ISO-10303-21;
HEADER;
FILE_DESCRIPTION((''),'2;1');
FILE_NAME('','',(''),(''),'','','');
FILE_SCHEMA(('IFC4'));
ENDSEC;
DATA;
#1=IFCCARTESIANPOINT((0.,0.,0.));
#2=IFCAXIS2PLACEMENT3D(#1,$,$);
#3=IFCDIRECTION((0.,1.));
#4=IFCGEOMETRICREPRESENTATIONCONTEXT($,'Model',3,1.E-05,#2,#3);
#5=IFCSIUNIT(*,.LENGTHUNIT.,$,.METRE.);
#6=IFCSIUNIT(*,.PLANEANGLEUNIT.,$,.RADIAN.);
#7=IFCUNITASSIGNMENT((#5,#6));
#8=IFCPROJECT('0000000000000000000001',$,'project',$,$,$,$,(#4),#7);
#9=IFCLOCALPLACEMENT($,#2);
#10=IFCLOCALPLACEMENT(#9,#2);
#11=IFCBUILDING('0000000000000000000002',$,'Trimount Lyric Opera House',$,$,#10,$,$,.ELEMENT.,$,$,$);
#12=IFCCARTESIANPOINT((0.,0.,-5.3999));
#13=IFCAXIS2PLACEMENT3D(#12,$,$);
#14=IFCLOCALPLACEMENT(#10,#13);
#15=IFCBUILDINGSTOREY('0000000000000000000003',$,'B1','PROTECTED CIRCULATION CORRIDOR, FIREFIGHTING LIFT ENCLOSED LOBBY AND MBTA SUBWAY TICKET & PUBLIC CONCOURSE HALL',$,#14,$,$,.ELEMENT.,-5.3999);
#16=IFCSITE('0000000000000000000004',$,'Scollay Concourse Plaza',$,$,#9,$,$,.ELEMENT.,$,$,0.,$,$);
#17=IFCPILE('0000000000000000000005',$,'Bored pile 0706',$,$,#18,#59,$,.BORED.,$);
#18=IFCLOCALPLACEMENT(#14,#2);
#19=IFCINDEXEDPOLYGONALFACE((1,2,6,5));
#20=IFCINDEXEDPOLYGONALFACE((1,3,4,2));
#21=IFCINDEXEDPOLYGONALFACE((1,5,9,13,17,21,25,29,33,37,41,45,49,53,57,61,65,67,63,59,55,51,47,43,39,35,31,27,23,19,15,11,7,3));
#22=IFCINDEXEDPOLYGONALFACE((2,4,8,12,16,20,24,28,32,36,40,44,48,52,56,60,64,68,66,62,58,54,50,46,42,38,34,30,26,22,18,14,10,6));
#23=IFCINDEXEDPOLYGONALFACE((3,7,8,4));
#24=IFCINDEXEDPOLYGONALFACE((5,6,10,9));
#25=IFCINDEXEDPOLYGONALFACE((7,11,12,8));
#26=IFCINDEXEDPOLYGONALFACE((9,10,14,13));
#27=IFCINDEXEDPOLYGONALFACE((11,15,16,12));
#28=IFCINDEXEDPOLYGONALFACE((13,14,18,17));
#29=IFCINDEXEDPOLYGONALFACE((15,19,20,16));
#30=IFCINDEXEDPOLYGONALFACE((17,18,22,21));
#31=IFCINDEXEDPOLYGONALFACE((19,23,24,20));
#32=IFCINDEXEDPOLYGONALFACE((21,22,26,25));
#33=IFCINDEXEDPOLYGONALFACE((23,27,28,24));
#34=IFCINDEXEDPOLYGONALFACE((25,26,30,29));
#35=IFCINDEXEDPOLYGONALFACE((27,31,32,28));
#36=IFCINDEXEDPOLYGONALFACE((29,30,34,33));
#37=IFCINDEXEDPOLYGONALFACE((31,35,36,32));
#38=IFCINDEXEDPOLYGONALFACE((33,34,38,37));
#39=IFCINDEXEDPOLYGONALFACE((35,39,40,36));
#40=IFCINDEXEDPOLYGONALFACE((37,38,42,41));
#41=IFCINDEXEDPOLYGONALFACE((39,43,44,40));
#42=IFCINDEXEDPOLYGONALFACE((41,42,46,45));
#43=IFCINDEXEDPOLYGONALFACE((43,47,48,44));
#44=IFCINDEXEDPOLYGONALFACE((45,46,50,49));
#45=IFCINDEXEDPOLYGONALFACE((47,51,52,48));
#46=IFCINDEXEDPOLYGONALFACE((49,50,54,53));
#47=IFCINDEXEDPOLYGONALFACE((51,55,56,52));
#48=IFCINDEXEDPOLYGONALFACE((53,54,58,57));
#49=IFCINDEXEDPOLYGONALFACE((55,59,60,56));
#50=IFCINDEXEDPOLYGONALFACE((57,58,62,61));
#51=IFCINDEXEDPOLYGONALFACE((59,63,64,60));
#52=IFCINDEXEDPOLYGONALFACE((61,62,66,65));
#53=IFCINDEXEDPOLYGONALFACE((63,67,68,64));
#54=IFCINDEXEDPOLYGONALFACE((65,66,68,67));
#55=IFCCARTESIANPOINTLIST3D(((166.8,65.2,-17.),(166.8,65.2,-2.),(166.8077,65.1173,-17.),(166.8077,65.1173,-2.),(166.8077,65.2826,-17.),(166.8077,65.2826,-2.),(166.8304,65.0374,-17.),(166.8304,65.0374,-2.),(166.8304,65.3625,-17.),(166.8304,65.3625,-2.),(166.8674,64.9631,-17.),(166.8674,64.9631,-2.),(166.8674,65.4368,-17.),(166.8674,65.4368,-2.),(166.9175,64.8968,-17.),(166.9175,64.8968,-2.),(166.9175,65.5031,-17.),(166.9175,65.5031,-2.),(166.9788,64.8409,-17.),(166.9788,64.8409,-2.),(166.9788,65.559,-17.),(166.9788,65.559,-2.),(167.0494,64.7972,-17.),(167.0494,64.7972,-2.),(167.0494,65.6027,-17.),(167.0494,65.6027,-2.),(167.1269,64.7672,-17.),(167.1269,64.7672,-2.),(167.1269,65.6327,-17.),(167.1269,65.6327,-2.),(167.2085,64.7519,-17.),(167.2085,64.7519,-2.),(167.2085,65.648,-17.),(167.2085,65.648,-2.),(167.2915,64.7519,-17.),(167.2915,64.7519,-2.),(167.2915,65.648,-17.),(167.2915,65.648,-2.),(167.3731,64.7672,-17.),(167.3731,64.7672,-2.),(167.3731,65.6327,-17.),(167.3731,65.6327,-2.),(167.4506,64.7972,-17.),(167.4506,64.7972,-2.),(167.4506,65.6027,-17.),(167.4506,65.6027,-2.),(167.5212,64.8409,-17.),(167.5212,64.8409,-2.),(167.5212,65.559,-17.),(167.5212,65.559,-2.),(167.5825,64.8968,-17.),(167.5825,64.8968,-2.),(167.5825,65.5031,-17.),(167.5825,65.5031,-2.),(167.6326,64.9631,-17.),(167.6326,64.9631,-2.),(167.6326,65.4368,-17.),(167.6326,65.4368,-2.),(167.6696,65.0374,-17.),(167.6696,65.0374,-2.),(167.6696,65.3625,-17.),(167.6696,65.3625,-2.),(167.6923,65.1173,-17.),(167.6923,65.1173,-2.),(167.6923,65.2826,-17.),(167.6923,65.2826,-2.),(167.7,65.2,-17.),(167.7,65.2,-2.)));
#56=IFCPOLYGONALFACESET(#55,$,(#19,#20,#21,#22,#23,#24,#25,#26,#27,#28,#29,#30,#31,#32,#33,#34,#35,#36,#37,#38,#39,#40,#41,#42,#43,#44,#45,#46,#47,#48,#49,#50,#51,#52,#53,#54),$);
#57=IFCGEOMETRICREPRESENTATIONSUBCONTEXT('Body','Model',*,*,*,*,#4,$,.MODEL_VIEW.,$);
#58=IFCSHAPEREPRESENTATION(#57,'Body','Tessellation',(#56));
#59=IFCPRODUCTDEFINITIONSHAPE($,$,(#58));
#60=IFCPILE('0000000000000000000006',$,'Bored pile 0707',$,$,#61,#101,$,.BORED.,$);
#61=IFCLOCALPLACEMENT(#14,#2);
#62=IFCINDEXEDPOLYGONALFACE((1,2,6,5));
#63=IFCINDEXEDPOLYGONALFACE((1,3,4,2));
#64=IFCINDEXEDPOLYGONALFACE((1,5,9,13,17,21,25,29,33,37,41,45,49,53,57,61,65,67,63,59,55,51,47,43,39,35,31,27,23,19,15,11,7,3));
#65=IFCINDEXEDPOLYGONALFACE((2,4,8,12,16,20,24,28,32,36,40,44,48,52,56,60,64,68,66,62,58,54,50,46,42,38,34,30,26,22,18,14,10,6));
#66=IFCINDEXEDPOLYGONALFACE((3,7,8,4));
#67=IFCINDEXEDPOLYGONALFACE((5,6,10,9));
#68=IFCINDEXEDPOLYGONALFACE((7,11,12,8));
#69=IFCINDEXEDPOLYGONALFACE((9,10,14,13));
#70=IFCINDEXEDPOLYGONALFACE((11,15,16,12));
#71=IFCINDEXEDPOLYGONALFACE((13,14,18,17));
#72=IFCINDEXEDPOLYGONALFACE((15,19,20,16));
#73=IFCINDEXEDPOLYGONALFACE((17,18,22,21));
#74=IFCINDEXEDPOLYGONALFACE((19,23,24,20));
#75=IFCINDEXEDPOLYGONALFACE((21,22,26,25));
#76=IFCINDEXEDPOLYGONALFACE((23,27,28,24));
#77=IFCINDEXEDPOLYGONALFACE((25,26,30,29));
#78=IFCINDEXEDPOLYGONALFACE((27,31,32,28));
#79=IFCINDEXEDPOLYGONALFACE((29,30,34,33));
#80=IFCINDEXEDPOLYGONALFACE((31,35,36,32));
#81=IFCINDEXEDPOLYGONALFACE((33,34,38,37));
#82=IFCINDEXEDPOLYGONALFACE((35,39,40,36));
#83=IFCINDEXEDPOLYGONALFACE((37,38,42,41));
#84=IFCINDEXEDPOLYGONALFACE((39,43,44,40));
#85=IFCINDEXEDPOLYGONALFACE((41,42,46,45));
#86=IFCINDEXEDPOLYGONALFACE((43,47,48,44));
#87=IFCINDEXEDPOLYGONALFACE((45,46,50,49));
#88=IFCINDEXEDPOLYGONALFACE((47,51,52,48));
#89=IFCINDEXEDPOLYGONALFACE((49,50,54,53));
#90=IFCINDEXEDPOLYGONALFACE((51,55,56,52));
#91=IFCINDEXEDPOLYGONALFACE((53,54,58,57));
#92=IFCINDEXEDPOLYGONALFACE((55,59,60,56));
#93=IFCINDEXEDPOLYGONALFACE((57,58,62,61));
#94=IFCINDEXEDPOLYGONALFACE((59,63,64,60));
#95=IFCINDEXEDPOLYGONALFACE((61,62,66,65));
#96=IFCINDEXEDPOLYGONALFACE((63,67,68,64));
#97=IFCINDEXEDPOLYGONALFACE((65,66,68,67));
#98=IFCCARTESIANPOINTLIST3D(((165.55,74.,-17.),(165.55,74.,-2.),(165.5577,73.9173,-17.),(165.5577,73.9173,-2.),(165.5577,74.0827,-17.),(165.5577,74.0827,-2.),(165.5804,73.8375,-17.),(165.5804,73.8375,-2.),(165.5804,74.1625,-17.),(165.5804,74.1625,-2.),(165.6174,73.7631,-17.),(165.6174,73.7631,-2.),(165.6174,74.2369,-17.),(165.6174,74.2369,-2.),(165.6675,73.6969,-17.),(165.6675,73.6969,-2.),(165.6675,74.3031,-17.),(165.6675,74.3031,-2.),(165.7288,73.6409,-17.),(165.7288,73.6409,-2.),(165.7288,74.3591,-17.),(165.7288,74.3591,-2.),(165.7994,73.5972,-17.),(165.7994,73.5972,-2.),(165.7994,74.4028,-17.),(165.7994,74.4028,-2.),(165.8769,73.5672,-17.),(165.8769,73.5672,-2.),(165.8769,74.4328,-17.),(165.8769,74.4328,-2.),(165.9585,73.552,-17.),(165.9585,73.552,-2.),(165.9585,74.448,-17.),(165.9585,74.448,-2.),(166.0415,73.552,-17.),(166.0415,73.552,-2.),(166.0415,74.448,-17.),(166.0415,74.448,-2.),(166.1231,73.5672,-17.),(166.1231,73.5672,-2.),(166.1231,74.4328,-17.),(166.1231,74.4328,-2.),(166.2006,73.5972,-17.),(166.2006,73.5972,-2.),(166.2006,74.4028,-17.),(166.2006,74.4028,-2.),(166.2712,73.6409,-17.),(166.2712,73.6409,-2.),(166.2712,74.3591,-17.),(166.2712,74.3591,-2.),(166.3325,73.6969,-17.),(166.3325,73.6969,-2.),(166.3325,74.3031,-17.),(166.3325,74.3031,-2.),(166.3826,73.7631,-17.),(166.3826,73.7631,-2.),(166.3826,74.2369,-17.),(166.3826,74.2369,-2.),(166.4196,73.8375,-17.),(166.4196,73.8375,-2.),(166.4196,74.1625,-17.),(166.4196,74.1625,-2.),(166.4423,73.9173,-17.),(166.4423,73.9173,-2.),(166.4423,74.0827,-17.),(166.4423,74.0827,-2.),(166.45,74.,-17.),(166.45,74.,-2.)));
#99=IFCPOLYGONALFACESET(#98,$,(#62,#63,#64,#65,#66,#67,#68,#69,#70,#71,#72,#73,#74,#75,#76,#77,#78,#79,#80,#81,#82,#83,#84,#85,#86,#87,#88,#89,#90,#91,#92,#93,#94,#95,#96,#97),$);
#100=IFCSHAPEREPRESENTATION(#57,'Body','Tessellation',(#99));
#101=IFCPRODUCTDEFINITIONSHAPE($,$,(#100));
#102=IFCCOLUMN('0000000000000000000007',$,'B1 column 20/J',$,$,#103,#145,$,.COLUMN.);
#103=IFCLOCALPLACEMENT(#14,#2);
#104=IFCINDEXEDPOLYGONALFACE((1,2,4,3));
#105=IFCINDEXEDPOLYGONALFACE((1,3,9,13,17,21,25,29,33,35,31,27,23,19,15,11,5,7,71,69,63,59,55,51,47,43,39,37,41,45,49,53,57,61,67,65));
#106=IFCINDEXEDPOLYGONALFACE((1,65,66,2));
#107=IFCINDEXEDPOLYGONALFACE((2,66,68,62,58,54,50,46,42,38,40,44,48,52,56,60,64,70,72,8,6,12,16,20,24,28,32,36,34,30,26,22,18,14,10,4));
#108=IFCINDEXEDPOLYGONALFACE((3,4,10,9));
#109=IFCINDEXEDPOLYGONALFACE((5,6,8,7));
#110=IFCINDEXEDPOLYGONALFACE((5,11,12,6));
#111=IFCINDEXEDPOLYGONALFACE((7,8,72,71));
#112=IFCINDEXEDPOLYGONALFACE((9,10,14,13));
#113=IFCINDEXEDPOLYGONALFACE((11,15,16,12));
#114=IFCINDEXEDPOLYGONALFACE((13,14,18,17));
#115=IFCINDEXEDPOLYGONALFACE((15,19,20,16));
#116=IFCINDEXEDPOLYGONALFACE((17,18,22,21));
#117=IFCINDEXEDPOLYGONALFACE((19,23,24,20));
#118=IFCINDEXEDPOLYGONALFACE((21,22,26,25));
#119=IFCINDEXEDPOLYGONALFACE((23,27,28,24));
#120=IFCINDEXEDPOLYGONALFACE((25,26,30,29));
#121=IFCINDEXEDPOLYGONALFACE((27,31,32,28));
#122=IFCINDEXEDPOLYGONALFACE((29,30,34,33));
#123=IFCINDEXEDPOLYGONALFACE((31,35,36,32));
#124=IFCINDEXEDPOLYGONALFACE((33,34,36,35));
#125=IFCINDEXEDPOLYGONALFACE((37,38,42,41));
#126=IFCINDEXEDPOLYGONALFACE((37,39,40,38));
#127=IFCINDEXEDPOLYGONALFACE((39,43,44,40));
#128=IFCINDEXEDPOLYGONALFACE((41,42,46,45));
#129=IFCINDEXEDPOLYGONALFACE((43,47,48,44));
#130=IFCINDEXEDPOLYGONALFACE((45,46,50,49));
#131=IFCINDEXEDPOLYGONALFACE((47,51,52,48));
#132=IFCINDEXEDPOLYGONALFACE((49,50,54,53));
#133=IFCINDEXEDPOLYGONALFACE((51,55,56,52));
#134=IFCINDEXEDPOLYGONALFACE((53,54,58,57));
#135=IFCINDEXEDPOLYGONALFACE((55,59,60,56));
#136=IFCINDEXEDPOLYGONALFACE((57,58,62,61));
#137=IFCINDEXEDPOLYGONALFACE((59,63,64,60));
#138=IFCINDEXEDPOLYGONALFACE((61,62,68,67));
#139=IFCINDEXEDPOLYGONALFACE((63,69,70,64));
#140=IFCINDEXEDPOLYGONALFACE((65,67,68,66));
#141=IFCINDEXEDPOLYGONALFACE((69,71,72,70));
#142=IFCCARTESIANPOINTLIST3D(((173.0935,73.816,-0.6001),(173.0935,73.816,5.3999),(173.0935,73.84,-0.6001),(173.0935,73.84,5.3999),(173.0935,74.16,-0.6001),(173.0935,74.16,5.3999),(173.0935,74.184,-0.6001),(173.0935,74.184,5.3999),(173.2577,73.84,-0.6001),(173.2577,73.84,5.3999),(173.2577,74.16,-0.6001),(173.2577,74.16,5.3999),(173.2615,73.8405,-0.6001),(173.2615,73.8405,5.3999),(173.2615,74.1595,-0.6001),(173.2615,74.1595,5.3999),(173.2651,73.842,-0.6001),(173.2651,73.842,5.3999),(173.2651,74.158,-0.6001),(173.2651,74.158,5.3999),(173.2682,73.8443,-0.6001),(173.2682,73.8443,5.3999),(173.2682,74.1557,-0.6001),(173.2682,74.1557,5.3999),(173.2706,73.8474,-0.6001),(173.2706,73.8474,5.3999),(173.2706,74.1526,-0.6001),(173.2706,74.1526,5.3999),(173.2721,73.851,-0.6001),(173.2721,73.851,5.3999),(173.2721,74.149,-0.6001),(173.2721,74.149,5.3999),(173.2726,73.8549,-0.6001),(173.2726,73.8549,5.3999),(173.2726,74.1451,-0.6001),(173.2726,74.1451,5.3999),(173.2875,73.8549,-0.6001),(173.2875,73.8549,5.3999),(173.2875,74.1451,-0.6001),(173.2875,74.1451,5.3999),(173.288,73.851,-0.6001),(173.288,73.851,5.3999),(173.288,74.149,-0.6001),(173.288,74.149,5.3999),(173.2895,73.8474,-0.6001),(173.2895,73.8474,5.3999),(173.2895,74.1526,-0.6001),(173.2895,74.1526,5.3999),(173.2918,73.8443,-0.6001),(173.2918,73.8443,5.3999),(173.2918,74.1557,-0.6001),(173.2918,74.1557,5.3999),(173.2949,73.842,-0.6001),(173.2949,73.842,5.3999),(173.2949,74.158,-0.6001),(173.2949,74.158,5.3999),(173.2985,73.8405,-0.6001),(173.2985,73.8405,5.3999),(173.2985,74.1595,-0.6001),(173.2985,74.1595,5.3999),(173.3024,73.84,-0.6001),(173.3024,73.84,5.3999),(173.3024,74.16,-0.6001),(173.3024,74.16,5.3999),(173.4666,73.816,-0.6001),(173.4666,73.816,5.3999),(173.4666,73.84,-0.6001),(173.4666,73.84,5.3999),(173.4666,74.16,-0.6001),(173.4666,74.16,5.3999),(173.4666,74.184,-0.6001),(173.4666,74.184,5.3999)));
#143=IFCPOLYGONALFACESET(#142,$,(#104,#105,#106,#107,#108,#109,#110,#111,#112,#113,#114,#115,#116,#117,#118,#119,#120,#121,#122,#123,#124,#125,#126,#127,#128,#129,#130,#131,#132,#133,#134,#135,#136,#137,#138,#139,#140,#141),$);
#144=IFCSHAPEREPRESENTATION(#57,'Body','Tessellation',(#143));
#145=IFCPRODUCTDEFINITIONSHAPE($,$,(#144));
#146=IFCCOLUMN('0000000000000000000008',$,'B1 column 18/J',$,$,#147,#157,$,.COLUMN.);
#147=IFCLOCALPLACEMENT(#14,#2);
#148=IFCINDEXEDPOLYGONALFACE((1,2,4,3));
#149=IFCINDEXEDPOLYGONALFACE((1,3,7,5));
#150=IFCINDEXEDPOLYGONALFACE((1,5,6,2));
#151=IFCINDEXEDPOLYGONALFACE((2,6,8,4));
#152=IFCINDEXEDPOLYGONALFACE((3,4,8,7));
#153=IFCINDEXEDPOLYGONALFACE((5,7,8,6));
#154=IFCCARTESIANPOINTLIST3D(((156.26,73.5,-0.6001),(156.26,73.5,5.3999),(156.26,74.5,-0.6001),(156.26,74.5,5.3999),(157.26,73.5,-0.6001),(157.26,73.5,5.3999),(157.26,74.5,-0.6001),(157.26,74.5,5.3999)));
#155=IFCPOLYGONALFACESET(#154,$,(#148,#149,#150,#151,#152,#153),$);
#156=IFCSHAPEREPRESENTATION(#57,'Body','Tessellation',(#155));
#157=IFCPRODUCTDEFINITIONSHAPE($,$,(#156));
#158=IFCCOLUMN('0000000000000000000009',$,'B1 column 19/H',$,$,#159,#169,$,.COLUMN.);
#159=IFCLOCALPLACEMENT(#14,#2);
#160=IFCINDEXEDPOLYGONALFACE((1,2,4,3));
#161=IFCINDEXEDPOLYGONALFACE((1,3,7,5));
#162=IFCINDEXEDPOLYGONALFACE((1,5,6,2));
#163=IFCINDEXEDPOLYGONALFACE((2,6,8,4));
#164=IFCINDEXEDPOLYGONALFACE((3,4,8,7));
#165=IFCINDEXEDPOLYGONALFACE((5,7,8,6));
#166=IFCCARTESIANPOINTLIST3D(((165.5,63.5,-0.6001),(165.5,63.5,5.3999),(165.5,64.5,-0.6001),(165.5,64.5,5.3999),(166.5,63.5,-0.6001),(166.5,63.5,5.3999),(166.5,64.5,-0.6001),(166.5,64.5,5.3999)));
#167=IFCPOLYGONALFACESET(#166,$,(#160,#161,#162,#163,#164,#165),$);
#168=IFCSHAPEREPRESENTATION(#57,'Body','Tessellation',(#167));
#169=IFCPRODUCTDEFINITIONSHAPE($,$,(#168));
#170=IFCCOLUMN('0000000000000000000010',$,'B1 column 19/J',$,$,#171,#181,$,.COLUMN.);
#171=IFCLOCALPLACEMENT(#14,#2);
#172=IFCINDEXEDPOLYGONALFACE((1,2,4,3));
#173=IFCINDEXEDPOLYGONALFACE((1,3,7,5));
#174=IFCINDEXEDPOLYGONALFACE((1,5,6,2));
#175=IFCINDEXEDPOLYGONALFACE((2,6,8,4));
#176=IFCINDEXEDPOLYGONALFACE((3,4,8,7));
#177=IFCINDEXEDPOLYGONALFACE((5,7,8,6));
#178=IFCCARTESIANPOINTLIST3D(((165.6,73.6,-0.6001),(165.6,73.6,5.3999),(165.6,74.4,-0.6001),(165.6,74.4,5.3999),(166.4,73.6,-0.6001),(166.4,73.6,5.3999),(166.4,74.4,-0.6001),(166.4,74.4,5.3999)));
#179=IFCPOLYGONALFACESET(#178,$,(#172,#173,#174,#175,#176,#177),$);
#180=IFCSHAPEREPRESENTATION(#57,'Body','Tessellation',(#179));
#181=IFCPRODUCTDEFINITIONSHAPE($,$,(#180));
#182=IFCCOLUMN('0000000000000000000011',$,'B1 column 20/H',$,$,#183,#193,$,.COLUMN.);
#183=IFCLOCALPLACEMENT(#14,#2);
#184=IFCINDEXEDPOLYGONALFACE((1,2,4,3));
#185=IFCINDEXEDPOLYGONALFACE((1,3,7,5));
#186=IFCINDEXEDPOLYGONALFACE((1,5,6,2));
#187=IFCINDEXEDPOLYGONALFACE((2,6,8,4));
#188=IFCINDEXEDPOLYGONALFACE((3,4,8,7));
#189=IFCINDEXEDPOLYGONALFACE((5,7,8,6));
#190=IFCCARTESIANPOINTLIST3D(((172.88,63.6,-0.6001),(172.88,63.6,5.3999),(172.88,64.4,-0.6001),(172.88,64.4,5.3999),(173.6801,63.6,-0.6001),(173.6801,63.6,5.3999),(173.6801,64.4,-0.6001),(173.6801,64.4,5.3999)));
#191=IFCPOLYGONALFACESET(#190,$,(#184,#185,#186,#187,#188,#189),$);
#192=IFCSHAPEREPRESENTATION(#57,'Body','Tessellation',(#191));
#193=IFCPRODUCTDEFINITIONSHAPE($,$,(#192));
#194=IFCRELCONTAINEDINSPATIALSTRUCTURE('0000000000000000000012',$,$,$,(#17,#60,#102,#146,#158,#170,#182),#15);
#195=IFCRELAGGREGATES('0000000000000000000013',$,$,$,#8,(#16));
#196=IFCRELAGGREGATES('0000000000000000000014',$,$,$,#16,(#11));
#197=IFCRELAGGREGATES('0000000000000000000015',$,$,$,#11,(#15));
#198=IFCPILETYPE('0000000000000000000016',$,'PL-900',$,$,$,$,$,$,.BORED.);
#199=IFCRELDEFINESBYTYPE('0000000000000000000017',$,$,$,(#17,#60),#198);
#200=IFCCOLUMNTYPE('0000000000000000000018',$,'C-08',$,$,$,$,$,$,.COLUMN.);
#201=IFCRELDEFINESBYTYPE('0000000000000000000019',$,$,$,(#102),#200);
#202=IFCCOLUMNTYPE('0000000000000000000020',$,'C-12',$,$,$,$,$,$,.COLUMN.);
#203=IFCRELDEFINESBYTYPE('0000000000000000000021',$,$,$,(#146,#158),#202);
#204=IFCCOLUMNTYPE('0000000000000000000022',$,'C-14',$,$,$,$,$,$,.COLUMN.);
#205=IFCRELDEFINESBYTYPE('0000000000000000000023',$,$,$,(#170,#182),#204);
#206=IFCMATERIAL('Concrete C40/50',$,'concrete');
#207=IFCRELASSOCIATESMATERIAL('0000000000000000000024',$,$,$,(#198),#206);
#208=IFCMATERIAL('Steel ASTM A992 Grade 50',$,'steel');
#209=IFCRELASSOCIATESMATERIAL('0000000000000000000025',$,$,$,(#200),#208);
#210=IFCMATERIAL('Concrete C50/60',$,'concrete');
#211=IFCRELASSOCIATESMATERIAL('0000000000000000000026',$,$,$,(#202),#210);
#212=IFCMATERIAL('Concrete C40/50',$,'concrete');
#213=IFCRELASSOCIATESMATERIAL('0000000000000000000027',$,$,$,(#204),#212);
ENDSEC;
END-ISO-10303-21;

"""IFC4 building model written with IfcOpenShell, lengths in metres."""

from ifc_helpers import new_model, si_unit, direction, frame, origin, origin_2d, place, context, subcontext, project, spatial, rectangle, circle, i_section, extrude, material, material_profile, profile_set, type_object, element, save


model = new_model("IFC4")

# Units and contexts
model_context = context("Model", 3, precision=1e-05, world=origin(), true_north=direction((0.0, 1.0)))
body_context = subcontext(model_context, "Body", "Model", "MODEL_VIEW")
ifc_project = project(units=[si_unit("LENGTHUNIT", "METRE"), si_unit("PLANEANGLEUNIT", "RADIAN")], contexts=[model_context])

# Site, building, storey
site_placement = place(None, origin())
site = spatial("IfcSite", under=ifc_project, at=site_placement, Name="Scollay Concourse Plaza", CompositionType="ELEMENT", RefElevation=0.0)
building_placement = place(site_placement, origin())
building = spatial("IfcBuilding", under=site, at=building_placement, Name="Trimount Lyric Opera House", CompositionType="ELEMENT")
storey_placement = place(building_placement, frame((0.0, 0.0, -5.3999)))
storey = spatial("IfcBuildingStorey", under=building, at=storey_placement, Name="B1", Description="PROTECTED CIRCULATION CORRIDOR, FIREFIGHTING LIFT ENCLOSED LOBBY AND MBTA SUBWAY TICKET & PUBLIC CONCOURSE HALL", CompositionType="ELEMENT", Elevation=-5.3999)

# Piles
ifc_material_1 = material(Name="Concrete C40/50", Category="concrete")
ifc_material_profile_1 = material_profile(ifc_material_1, circle(Radius=0.45, at=origin_2d()), Name="PILE-D900")
ifc_profile_set_1 = profile_set([ifc_material_profile_1], Name="Concrete C40/50")
pile_type_1 = type_object("IfcPileType", Name="PL-900", PredefinedType="BORED", material=ifc_profile_set_1)
for number, where, z_axis, x_axis, name in (
    (1, (167.25, 65.2, -2.0), (0.0, 0.0, -1.0), (1.0, 0.0, 0.0), "Bored pile 0706"),
    (2, (166.0, 74.0, -2.0), (0.0, 0.0, -1.0), (1.0, 0.0, 0.0), "Bored pile 0707"),
):
    element("IfcPile", number, at=place(storey_placement, frame(where, z_axis=z_axis, x_axis=x_axis)), inside=storey, type_object=pile_type_1, Name=name, PredefinedType="BORED", context=body_context, shape_type="SweptSolid", body=[
        extrude(circle(Radius=0.45, at=origin_2d()), origin(), (0.0, 0.0, 1.0), 15.0),
    ])

# Columns
ifc_material_2 = material(Name="Steel ASTM A992 Grade 50", Category="steel")
ifc_material_profile_2 = material_profile(ifc_material_2, i_section(OverallWidth=0.373, OverallDepth=0.3679, WebThickness=0.0149, FlangeThickness=0.0239, FilletRadius=0.0149, at=origin_2d()), Name="W14X120")
ifc_profile_set_2 = profile_set([ifc_material_profile_2], Name="Steel ASTM A992 Grade 50")
column_type_1 = type_object("IfcColumnType", Name="C-08", PredefinedType="COLUMN", material=ifc_profile_set_2)
column_placement = place(storey_placement, frame((173.28, 74.0, -0.6001), z_axis=(0.0, 0.0, 1.0), x_axis=(1.0, 0.0, 0.0)))
element("IfcColumn", 3, at=column_placement, inside=storey, type_object=column_type_1, Name="B1 column 20/J", PredefinedType="COLUMN", context=body_context, shape_type="SweptSolid", body=[
    extrude(i_section(OverallWidth=0.373, OverallDepth=0.3679, WebThickness=0.0149, FlangeThickness=0.0239, FilletRadius=0.0149, at=origin_2d()), origin(), (0.0, 0.0, 1.0), 6.0),
])
ifc_material_3 = material(Name="Concrete C50/60", Category="concrete")
ifc_material_profile_3 = material_profile(ifc_material_3, rectangle(XDim=1.0, YDim=1.0, at=origin_2d()), Name="RC1000X1000")
ifc_profile_set_3 = profile_set([ifc_material_profile_3], Name="Concrete C50/60")
column_type_2 = type_object("IfcColumnType", Name="C-12", PredefinedType="COLUMN", material=ifc_profile_set_3)
for number, where, z_axis, x_axis, name in (
    (4, (156.76, 74.0, -0.6001), (0.0, 0.0, 1.0), (1.0, 0.0, 0.0), "B1 column 18/J"),
    (5, (166.0, 64.0, -0.6001), (0.0, 0.0, 1.0), (1.0, 0.0, 0.0), "B1 column 19/H"),
):
    element("IfcColumn", number, at=place(storey_placement, frame(where, z_axis=z_axis, x_axis=x_axis)), inside=storey, type_object=column_type_2, Name=name, PredefinedType="COLUMN", context=body_context, shape_type="SweptSolid", body=[
        extrude(rectangle(XDim=1.0, YDim=1.0, at=origin_2d()), origin(), (0.0, 0.0, 1.0), 6.0),
    ])
ifc_material_4 = material(Name="Concrete C40/50", Category="concrete")
ifc_material_profile_4 = material_profile(ifc_material_4, rectangle(XDim=0.8, YDim=0.8, at=origin_2d()), Name="RC800X800")
ifc_profile_set_4 = profile_set([ifc_material_profile_4], Name="Concrete C40/50")
column_type_3 = type_object("IfcColumnType", Name="C-14", PredefinedType="COLUMN", material=ifc_profile_set_4)
for number, where, z_axis, x_axis, name in (
    (6, (166.0, 74.0, -0.6001), (0.0, 0.0, 1.0), (1.0, 0.0, 0.0), "B1 column 19/J"),
    (7, (173.28, 64.0, -0.6001), (0.0, 0.0, 1.0), (1.0, 0.0, 0.0), "B1 column 20/H"),
):
    element("IfcColumn", number, at=place(storey_placement, frame(where, z_axis=z_axis, x_axis=x_axis)), inside=storey, type_object=column_type_3, Name=name, PredefinedType="COLUMN", context=body_context, shape_type="SweptSolid", body=[
        extrude(rectangle(XDim=0.8, YDim=0.8, at=origin_2d()), origin(), (0.0, 0.0, 1.0), 6.0),
    ])

save(model, "model.ifc")
